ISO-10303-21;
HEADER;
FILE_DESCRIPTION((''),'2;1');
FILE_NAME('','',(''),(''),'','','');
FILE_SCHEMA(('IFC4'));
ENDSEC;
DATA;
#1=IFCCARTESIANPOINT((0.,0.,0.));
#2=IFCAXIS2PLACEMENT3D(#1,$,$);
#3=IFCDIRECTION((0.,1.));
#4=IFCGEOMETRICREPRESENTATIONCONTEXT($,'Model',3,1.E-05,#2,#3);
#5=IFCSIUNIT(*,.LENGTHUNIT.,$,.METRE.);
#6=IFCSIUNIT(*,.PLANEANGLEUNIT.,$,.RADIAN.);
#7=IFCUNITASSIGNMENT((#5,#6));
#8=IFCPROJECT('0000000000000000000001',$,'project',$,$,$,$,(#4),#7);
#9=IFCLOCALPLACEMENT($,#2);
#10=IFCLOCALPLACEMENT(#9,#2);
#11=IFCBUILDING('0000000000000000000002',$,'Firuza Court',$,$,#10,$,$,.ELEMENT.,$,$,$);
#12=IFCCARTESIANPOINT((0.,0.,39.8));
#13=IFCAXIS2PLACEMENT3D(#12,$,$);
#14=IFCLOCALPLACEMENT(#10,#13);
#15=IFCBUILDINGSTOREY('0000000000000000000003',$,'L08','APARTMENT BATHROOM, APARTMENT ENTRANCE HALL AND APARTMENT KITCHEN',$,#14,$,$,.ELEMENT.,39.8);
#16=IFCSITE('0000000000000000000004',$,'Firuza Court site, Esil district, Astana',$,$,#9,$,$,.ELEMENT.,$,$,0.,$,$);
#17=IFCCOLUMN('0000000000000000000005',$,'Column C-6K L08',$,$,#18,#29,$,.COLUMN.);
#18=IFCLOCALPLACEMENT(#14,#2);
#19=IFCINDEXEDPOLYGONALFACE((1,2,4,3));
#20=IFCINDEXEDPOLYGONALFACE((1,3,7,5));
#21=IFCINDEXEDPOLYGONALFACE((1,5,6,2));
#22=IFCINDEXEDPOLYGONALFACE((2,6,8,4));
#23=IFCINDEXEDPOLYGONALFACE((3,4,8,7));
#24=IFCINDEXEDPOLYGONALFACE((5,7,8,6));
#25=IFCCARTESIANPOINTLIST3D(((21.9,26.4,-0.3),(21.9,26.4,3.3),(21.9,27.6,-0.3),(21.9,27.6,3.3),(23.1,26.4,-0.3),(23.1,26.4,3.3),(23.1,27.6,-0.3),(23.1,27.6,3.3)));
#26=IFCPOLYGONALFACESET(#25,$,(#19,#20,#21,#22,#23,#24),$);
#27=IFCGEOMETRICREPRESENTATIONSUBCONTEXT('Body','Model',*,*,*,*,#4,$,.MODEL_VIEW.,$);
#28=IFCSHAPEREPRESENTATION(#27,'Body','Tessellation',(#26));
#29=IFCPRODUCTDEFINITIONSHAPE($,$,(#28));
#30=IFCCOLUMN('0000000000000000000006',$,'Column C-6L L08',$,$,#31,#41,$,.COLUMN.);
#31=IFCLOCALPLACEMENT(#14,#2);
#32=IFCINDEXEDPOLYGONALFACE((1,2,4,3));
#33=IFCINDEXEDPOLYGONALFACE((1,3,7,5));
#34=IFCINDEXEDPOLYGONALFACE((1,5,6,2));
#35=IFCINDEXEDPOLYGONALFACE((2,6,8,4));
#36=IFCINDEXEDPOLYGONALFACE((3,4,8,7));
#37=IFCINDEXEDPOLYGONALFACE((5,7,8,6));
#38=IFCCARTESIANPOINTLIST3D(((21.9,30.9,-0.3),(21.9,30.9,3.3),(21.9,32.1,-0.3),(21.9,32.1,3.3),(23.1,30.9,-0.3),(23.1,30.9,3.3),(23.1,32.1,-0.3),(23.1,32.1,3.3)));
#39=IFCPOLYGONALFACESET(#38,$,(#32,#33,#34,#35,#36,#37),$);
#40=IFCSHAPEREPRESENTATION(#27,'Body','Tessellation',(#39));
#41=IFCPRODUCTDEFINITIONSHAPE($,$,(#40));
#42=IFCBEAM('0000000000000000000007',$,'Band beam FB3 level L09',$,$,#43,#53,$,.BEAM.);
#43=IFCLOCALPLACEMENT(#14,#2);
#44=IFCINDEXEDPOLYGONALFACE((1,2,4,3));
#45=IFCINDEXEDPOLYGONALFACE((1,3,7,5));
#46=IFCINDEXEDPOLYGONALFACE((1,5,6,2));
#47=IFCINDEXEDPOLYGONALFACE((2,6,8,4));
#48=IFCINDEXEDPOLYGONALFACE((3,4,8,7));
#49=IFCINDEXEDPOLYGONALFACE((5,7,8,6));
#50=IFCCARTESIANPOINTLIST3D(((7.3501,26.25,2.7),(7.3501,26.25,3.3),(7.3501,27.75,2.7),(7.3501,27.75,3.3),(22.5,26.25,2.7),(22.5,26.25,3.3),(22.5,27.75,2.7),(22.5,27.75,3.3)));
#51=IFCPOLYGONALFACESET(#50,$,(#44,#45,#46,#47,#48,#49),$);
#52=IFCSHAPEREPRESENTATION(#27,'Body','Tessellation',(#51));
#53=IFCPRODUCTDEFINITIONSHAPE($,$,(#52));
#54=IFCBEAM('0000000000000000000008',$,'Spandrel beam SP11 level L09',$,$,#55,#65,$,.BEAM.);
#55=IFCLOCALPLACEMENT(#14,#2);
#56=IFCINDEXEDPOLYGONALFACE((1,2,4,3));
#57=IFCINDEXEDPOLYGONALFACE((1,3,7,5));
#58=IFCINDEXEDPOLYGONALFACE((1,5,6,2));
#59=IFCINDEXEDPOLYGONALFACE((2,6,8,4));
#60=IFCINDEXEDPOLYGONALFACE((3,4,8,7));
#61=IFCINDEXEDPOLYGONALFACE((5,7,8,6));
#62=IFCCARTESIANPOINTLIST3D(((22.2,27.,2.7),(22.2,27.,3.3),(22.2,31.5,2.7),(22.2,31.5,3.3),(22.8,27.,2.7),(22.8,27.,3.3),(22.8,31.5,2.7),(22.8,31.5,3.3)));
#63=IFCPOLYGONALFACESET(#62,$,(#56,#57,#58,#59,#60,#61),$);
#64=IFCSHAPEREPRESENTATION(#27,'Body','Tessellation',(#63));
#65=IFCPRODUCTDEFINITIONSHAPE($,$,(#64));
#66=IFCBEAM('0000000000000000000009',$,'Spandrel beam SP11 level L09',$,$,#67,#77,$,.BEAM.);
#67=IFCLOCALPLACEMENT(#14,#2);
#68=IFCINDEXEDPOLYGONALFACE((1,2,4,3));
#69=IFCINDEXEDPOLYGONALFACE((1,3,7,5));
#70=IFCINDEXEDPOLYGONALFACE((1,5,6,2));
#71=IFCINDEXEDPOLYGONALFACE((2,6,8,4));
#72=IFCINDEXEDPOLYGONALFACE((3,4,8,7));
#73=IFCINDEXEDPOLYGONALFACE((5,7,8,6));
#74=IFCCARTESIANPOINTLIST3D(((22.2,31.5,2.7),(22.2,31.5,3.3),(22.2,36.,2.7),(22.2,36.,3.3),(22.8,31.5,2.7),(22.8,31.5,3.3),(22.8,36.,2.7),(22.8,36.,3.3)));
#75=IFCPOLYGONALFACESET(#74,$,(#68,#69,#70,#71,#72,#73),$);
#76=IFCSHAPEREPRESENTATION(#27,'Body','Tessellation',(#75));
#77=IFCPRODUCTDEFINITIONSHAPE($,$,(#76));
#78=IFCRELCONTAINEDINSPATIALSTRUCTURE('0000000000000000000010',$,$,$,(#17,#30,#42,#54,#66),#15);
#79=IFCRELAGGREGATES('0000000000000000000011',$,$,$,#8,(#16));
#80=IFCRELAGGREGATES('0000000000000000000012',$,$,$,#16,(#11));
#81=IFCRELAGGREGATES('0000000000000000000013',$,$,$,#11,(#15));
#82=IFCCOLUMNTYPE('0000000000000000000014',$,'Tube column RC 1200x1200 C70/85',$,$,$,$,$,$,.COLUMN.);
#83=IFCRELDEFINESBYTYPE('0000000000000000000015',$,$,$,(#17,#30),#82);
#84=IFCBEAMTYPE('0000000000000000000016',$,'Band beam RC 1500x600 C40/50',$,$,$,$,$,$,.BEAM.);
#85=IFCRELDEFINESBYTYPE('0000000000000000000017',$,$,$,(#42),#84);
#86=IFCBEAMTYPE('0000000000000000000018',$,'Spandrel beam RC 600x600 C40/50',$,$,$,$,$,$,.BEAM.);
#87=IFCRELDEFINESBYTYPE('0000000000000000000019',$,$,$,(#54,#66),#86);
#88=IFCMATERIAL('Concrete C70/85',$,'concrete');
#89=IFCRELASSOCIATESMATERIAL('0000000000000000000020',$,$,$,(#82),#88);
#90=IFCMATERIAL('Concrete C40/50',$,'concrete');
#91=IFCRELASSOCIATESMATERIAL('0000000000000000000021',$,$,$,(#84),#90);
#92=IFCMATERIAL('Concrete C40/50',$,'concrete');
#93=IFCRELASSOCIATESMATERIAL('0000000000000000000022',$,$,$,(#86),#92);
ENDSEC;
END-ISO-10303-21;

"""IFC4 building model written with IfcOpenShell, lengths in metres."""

from ifc_helpers import new_model, si_unit, direction, frame, origin, origin_2d, place, context, subcontext, project, spatial, rectangle, extrude, material, material_profile, profile_set, type_object, element, save


model = new_model("IFC4")

# Units and contexts
model_context = context("Model", 3, precision=1e-05, world=origin(), true_north=direction((0.0, 1.0)))
body_context = subcontext(model_context, "Body", "Model", "MODEL_VIEW")
ifc_project = project(units=[si_unit("LENGTHUNIT", "METRE"), si_unit("PLANEANGLEUNIT", "RADIAN")], contexts=[model_context])

# Site, building, storey
site_placement = place(None, origin())
site = spatial("IfcSite", under=ifc_project, at=site_placement, Name="Firuza Court site, Esil district, Astana", CompositionType="ELEMENT", RefElevation=0.0)
building_placement = place(site_placement, origin())
building = spatial("IfcBuilding", under=site, at=building_placement, Name="Firuza Court", CompositionType="ELEMENT")
storey_placement = place(building_placement, frame((0.0, 0.0, 39.8)))
storey = spatial("IfcBuildingStorey", under=building, at=storey_placement, Name="L08", Description="APARTMENT BATHROOM, APARTMENT ENTRANCE HALL AND APARTMENT KITCHEN", CompositionType="ELEMENT", Elevation=39.8)

# Columns
ifc_material_1 = material(Name="Concrete C70/85", Category="concrete")
ifc_material_profile_1 = material_profile(ifc_material_1, rectangle(XDim=1.2, YDim=1.2, at=origin_2d()), Name="RC 1200x1200")
ifc_profile_set_1 = profile_set([ifc_material_profile_1], Name="Concrete C70/85")
column_type = type_object("IfcColumnType", Name="Tube column RC 1200x1200 C70/85", PredefinedType="COLUMN", material=ifc_profile_set_1)
for number, where, z_axis, x_axis, name in (
    (1, (22.5, 27.0, -0.3), (0.0, 0.0, 1.0), (1.0, 0.0, 0.0), "Column C-6K L08"),
    (2, (22.5, 31.5, -0.3), (0.0, 0.0, 1.0), (1.0, 0.0, 0.0), "Column C-6L L08"),
):
    element("IfcColumn", number, at=place(storey_placement, frame(where, z_axis=z_axis, x_axis=x_axis)), inside=storey, type_object=column_type, Name=name, PredefinedType="COLUMN", context=body_context, shape_type="SweptSolid", body=[
        extrude(rectangle(XDim=1.2, YDim=1.2, at=origin_2d()), origin(), (0.0, 0.0, 1.0), 3.6001),
    ])

# Beams
ifc_material_2 = material(Name="Concrete C40/50", Category="concrete")
ifc_material_profile_2 = material_profile(ifc_material_2, rectangle(XDim=1.5, YDim=0.6001, at=origin_2d()), Name="RC 1500x600")
ifc_profile_set_2 = profile_set([ifc_material_profile_2], Name="Concrete C40/50")
beam_type_1 = type_object("IfcBeamType", Name="Band beam RC 1500x600 C40/50", PredefinedType="BEAM", material=ifc_profile_set_2)
beam_placement = place(storey_placement, frame((22.5, 27.0, 3.0), z_axis=(-1.0, 0.0, 0.0), x_axis=(0.0, -1.0, 0.0)))
element("IfcBeam", 3, at=beam_placement, inside=storey, type_object=beam_type_1, Name="Band beam FB3 level L09", PredefinedType="BEAM", context=body_context, shape_type="SweptSolid", body=[
    extrude(rectangle(XDim=1.5, YDim=0.6001, at=origin_2d()), origin(), (0.0, 0.0, 1.0), 15.1499),
])
ifc_material_3 = material(Name="Concrete C40/50", Category="concrete")
ifc_material_profile_3 = material_profile(ifc_material_3, rectangle(XDim=0.6001, YDim=0.6001, at=origin_2d()), Name="RC 600x600")
ifc_profile_set_3 = profile_set([ifc_material_profile_3], Name="Concrete C40/50")
beam_type_2 = type_object("IfcBeamType", Name="Spandrel beam RC 600x600 C40/50", PredefinedType="BEAM", material=ifc_profile_set_3)
for number, where, z_axis, x_axis, name in (
    (4, (22.5, 27.0, 3.0), (0.0, 1.0, 0.0), (-1.0, 0.0, 0.0), "Spandrel beam SP11 level L09"),
    (5, (22.5, 31.5, 3.0), (0.0, 1.0, 0.0), (-1.0, 0.0, 0.0), "Spandrel beam SP11 level L09"),
):
    element("IfcBeam", number, at=place(storey_placement, frame(where, z_axis=z_axis, x_axis=x_axis)), inside=storey, type_object=beam_type_2, Name=name, PredefinedType="BEAM", context=body_context, shape_type="SweptSolid", body=[
        extrude(rectangle(XDim=0.6001, YDim=0.6001, at=origin_2d()), origin(), (0.0, 0.0, 1.0), 4.5),
    ])

save(model, "model.ifc")
